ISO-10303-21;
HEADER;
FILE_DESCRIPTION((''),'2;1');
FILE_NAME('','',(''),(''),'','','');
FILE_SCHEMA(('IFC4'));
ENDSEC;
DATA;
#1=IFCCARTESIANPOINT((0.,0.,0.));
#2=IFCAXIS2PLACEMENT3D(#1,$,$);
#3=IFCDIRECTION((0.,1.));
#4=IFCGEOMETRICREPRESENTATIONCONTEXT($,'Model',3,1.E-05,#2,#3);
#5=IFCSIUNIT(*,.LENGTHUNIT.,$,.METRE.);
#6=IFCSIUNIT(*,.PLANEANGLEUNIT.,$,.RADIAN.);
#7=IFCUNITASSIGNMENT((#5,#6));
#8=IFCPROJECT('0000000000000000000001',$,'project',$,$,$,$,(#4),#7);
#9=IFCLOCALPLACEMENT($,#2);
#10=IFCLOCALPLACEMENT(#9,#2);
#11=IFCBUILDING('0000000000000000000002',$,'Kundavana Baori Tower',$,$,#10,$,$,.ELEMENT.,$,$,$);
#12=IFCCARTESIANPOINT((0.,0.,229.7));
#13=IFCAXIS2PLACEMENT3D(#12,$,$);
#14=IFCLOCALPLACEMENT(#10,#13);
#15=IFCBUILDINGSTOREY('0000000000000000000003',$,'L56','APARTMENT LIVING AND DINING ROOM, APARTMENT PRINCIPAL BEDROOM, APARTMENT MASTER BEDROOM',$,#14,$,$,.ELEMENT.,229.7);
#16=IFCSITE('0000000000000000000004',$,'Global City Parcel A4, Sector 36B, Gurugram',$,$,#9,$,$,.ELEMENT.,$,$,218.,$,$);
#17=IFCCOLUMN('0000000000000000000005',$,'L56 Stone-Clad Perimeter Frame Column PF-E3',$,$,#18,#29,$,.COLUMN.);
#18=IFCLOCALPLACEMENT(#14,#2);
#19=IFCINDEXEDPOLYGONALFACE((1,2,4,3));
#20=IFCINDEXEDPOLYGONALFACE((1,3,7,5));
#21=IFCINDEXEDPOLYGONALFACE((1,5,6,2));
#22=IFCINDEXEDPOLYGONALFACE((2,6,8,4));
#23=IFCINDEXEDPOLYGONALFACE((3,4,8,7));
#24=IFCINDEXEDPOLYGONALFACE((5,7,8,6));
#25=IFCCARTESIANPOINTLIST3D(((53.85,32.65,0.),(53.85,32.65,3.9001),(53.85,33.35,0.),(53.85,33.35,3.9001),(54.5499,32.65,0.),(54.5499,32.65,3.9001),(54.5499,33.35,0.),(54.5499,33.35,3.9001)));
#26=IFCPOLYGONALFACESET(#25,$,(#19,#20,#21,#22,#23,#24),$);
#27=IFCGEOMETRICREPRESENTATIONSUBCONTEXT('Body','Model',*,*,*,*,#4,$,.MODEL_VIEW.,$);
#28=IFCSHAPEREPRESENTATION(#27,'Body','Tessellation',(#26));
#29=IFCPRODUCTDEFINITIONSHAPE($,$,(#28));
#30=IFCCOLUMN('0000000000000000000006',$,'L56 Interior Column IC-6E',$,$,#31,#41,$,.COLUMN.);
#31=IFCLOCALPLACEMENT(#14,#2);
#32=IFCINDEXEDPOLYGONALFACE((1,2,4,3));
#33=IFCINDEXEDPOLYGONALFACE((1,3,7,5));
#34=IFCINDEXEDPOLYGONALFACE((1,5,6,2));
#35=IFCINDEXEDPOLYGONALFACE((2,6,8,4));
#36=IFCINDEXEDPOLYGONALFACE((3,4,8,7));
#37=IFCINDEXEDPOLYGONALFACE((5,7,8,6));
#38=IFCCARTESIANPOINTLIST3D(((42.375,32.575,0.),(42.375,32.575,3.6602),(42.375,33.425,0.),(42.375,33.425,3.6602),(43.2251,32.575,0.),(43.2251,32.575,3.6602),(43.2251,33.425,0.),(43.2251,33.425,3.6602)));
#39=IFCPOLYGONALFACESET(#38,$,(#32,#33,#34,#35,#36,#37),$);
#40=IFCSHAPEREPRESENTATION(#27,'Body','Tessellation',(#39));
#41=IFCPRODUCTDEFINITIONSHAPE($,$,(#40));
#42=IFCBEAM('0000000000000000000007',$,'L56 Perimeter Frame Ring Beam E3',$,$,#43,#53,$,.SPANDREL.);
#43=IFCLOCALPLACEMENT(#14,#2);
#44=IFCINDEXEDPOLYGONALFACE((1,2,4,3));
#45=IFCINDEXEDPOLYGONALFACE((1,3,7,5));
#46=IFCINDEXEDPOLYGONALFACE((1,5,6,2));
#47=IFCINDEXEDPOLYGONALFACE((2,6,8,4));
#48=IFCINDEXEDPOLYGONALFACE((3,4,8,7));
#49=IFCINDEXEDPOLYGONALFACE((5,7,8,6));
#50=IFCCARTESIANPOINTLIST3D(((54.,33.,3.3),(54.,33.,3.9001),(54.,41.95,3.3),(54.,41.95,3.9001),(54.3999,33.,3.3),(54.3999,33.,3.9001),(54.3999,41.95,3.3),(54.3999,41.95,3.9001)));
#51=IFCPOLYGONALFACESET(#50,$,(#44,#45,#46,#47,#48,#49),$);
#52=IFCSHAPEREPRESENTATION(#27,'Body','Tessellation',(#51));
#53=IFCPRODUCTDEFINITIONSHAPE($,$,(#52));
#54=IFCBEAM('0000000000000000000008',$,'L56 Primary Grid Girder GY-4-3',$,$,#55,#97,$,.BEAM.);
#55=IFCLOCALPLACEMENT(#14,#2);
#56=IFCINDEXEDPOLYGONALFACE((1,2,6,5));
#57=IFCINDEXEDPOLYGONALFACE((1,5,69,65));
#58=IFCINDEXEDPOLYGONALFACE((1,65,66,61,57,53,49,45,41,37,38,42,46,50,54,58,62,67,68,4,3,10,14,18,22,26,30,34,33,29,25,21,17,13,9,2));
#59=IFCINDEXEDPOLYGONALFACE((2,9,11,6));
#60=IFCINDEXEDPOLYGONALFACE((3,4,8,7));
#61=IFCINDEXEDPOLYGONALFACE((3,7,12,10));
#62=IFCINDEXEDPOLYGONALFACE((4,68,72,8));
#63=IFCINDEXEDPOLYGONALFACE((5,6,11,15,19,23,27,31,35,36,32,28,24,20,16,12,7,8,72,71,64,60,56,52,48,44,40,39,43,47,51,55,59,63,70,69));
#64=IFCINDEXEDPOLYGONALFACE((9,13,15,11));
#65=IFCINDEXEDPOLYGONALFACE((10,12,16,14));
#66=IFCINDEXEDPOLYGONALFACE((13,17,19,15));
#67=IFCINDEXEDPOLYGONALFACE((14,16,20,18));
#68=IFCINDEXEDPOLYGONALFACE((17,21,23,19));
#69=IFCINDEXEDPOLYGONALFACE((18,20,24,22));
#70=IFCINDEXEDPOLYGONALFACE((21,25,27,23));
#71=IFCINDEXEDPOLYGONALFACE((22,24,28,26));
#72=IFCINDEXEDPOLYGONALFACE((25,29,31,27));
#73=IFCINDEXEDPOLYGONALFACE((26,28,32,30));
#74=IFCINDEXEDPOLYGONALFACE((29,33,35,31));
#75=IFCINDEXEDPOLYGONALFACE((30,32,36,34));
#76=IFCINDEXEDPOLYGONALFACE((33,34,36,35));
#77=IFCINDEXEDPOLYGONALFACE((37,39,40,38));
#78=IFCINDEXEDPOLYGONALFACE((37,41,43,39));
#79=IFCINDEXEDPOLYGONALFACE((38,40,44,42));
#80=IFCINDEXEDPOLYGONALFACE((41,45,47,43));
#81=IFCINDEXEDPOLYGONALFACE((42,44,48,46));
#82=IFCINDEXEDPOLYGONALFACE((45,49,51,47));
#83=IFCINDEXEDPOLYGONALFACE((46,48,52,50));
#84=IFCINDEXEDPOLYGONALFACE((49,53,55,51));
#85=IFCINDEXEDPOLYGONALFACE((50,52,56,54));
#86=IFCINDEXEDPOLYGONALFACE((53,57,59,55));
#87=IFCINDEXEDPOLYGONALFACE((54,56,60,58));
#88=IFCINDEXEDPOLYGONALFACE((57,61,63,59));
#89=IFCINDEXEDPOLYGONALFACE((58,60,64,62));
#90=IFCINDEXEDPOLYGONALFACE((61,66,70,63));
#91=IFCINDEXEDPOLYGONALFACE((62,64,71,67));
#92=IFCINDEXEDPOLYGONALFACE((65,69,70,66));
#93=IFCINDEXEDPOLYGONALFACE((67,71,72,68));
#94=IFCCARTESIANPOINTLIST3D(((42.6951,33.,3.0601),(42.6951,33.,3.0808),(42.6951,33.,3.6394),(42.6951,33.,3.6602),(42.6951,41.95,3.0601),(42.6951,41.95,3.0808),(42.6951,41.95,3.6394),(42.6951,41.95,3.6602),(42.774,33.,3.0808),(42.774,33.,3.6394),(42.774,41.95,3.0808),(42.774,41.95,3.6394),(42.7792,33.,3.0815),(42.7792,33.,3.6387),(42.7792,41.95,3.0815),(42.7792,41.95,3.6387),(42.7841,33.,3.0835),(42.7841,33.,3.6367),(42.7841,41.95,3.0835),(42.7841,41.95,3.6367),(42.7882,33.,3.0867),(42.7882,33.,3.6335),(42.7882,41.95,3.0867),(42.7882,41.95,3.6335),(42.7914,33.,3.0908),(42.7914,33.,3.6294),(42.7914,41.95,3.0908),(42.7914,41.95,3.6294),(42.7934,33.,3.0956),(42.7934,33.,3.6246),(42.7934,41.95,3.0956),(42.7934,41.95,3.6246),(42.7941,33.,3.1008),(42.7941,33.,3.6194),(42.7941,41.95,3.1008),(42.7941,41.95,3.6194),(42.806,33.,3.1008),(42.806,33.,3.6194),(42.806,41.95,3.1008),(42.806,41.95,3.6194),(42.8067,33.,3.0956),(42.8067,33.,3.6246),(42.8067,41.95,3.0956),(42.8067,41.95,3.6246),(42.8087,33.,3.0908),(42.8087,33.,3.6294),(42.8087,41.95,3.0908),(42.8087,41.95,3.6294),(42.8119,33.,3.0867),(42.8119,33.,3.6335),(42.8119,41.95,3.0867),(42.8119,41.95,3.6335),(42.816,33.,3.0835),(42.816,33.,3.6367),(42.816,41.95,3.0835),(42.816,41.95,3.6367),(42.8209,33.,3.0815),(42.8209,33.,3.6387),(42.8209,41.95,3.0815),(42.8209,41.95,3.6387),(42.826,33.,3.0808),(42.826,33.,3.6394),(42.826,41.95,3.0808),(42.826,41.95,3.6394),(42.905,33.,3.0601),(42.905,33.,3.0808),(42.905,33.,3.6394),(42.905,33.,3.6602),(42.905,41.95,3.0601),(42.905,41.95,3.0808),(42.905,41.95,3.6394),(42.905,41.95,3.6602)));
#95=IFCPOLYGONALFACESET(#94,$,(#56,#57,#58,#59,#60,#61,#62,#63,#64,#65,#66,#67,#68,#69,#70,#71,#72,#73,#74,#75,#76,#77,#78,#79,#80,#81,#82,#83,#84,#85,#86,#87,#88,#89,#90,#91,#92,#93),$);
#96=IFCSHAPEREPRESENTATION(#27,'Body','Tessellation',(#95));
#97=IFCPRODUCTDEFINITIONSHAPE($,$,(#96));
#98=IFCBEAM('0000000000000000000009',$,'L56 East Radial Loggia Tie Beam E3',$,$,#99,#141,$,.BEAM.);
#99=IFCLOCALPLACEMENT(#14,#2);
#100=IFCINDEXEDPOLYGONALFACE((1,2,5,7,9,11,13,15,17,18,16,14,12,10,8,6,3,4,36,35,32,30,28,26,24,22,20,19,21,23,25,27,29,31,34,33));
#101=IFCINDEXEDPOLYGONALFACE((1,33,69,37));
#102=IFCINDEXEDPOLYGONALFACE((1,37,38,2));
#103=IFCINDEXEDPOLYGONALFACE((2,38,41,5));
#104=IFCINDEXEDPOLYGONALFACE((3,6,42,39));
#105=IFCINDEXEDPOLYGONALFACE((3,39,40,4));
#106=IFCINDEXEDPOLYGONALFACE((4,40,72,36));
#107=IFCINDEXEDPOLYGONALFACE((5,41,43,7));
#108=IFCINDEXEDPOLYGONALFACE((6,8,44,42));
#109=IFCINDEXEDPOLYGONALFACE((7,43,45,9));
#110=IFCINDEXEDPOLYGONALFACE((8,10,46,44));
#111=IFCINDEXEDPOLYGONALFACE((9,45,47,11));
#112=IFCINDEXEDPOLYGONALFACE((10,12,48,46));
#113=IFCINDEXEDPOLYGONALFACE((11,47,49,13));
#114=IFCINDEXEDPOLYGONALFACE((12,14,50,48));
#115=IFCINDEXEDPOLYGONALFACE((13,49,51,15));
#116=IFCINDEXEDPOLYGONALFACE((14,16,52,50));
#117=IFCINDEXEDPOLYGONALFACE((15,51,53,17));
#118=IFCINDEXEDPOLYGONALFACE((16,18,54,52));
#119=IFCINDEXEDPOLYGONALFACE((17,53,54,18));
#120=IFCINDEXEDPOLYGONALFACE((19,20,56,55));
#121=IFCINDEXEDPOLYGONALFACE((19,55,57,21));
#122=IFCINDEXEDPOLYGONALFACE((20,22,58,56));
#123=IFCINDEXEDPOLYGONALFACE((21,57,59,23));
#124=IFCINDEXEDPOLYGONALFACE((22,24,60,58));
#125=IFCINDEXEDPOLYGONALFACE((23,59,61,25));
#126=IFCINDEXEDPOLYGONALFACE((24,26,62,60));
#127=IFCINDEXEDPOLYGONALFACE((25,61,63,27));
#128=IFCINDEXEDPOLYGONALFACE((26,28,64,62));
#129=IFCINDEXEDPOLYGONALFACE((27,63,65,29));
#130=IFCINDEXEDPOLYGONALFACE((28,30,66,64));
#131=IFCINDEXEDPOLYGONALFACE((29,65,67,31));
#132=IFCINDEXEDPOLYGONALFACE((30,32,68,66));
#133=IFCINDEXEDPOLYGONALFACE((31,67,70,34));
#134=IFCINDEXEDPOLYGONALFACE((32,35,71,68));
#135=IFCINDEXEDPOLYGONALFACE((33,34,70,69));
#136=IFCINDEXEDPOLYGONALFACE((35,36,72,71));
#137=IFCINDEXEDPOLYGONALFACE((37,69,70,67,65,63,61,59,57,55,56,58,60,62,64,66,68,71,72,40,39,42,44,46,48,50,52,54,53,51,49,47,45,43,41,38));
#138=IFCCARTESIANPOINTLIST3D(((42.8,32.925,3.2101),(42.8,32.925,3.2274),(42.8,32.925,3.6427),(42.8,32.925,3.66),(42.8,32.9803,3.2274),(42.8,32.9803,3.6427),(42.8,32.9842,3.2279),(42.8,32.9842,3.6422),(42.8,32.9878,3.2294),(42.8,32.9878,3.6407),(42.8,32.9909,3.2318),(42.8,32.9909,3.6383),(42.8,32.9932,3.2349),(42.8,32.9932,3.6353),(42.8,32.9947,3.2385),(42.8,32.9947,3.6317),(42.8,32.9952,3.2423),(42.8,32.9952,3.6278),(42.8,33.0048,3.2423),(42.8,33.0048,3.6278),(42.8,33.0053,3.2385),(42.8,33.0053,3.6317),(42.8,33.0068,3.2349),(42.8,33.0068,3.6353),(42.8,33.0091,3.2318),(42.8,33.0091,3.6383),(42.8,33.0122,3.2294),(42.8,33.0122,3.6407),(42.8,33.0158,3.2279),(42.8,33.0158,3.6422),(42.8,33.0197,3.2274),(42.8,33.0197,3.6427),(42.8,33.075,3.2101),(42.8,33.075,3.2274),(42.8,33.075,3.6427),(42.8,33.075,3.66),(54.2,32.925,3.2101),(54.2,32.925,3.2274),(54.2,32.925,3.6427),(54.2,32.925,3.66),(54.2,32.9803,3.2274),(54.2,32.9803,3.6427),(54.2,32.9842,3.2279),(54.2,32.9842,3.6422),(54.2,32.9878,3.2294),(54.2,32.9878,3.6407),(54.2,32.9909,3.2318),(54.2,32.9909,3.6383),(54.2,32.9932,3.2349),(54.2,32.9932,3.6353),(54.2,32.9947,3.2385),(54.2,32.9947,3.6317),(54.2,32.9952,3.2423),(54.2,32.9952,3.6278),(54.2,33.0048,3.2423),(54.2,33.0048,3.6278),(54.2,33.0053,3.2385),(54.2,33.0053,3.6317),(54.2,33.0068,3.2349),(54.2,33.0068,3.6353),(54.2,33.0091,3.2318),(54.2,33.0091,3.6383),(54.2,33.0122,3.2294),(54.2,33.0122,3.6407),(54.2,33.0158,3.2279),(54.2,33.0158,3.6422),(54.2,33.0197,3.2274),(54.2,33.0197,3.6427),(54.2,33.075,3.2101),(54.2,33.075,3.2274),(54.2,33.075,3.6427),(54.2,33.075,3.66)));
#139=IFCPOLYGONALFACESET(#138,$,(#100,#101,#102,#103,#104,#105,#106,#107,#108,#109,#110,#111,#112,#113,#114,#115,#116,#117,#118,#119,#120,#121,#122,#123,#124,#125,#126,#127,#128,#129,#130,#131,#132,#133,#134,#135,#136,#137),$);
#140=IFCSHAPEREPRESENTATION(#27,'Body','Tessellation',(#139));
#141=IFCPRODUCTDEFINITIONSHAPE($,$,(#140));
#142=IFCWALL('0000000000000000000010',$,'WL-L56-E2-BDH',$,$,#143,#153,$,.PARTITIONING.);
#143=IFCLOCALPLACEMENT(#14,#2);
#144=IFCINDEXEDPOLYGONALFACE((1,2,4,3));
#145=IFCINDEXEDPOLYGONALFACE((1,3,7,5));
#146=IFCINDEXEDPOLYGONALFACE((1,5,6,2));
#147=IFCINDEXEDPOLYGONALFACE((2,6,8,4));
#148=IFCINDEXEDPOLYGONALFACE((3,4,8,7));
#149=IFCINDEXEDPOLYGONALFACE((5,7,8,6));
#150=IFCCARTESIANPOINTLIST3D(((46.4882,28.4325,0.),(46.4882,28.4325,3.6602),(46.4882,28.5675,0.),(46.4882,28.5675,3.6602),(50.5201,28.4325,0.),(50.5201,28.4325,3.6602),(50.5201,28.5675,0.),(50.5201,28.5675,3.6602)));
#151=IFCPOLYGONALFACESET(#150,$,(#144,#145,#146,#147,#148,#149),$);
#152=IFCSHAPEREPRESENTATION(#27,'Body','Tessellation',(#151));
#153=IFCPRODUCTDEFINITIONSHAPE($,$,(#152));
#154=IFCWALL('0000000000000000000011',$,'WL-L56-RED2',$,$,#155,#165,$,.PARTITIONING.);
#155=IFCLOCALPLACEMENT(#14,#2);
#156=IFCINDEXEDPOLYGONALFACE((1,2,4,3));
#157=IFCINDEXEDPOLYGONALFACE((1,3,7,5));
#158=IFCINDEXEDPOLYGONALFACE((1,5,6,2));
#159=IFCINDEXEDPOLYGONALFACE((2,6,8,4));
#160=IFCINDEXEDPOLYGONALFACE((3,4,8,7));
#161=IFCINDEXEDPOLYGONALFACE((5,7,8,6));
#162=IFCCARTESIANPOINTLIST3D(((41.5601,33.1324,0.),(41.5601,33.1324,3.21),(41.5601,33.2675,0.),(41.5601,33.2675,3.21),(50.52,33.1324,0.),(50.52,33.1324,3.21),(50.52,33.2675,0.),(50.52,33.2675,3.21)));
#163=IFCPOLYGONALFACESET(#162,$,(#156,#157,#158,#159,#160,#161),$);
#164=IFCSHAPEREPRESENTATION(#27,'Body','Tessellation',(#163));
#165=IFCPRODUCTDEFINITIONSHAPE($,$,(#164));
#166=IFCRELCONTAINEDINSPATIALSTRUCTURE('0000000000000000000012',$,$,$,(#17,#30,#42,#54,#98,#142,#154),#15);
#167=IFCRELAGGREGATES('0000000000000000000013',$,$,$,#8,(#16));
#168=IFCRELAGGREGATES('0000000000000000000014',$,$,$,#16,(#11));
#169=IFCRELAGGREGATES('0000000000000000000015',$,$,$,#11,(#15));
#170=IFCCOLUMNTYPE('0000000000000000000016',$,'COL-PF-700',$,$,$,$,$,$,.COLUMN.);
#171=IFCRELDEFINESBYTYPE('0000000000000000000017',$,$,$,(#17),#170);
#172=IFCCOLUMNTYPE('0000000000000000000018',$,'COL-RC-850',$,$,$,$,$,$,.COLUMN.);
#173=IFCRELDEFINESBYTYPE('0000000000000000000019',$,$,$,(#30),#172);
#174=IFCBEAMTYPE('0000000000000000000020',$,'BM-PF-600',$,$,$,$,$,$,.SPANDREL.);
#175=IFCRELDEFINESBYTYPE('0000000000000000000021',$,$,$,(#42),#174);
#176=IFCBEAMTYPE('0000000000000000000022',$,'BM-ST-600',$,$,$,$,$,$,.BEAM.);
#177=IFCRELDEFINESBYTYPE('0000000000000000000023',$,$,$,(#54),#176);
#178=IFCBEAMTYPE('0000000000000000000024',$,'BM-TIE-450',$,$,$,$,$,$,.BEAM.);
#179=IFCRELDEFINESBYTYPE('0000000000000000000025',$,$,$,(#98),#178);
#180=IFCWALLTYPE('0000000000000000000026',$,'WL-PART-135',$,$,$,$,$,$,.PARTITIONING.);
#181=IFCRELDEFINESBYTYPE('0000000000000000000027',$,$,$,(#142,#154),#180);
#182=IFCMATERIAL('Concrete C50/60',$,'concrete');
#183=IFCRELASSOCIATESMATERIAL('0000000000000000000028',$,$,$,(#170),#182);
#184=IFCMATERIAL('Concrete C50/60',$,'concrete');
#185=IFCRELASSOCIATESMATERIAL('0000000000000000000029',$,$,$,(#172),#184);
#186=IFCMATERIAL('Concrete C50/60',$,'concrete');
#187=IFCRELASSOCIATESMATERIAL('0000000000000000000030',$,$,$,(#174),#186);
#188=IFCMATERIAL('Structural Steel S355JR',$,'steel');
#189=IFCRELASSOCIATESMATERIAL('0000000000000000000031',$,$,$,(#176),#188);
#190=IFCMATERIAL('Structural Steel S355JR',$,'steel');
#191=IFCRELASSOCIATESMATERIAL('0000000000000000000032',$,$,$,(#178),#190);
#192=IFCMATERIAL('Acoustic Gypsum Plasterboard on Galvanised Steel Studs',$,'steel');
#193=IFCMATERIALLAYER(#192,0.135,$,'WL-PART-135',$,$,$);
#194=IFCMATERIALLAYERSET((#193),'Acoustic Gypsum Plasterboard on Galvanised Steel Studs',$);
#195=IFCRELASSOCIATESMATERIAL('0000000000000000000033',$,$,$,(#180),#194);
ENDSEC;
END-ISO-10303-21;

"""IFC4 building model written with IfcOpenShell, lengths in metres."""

from ifc_helpers import new_model, si_unit, direction, frame, frame_2d, origin, origin_2d, place, context, subcontext, project, spatial, rectangle, i_section, extrude, material, layer, layer_set, material_profile, profile_set, type_object, element, save


model = new_model("IFC4")

# Units and contexts
model_context = context("Model", 3, precision=1e-05, world=origin(), true_north=direction((0.0, 1.0)))
body_context = subcontext(model_context, "Body", "Model", "MODEL_VIEW")
ifc_project = project(units=[si_unit("LENGTHUNIT", "METRE"), si_unit("PLANEANGLEUNIT", "RADIAN")], contexts=[model_context])

# Site, building, storey
site_placement = place(None, origin())
site = spatial("IfcSite", under=ifc_project, at=site_placement, Name="Global City Parcel A4, Sector 36B, Gurugram", CompositionType="ELEMENT", RefElevation=218.0)
building_placement = place(site_placement, origin())
building = spatial("IfcBuilding", under=site, at=building_placement, Name="Kundavana Baori Tower", CompositionType="ELEMENT")
storey_placement = place(building_placement, frame((0.0, 0.0, 229.7)))
storey = spatial("IfcBuildingStorey", under=building, at=storey_placement, Name="L56", Description="APARTMENT LIVING AND DINING ROOM, APARTMENT PRINCIPAL BEDROOM, APARTMENT MASTER BEDROOM", CompositionType="ELEMENT", Elevation=229.7)

# Columns
ifc_material_1 = material(Name="Concrete C50/60", Category="concrete")
ifc_material_profile_1 = material_profile(ifc_material_1, rectangle(XDim=0.7, YDim=0.7, at=origin_2d()), Name="RC PF 700x700")
ifc_profile_set_1 = profile_set([ifc_material_profile_1], Name="Concrete C50/60")
column_type_1 = type_object("IfcColumnType", Name="COL-PF-700", PredefinedType="COLUMN", material=ifc_profile_set_1)
column_1_placement = place(storey_placement, frame((54.2, 33.0, 0.0), z_axis=(0.0, 0.0, 1.0), x_axis=(1.0, 0.0, 0.0)))
element("IfcColumn", 1, at=column_1_placement, inside=storey, type_object=column_type_1, Name="L56 Stone-Clad Perimeter Frame Column PF-E3", PredefinedType="COLUMN", context=body_context, shape_type="SweptSolid", body=[
    extrude(rectangle(XDim=0.7, YDim=0.7, at=origin_2d()), origin(), (0.0, 0.0, 1.0), 3.9001),
])
ifc_material_2 = material(Name="Concrete C50/60", Category="concrete")
ifc_material_profile_2 = material_profile(ifc_material_2, rectangle(XDim=0.8501, YDim=0.8501, at=origin_2d()), Name="RC 850x850")
ifc_profile_set_2 = profile_set([ifc_material_profile_2], Name="Concrete C50/60")
column_type_2 = type_object("IfcColumnType", Name="COL-RC-850", PredefinedType="COLUMN", material=ifc_profile_set_2)
column_2_placement = place(storey_placement, frame((42.8, 33.0, 0.0), z_axis=(0.0, 0.0, 1.0), x_axis=(1.0, 0.0, 0.0)))
element("IfcColumn", 2, at=column_2_placement, inside=storey, type_object=column_type_2, Name="L56 Interior Column IC-6E", PredefinedType="COLUMN", context=body_context, shape_type="SweptSolid", body=[
    extrude(rectangle(XDim=0.8501, YDim=0.8501, at=origin_2d()), origin(), (0.0, 0.0, 1.0), 3.6602),
])

# Beams
ifc_material_3 = material(Name="Concrete C50/60", Category="concrete")
ifc_material_profile_3 = material_profile(ifc_material_3, rectangle(XDim=0.3999, YDim=0.6001, at=origin_2d()), Name="RC BM 400x600")
ifc_profile_set_3 = profile_set([ifc_material_profile_3], Name="Concrete C50/60")
beam_type_1 = type_object("IfcBeamType", Name="BM-PF-600", PredefinedType="SPANDREL", material=ifc_profile_set_3)
beam_1_placement = place(storey_placement, frame((54.2, 33.0, 3.6001), z_axis=(0.0, 1.0, 0.0), x_axis=(-1.0, 0.0, 0.0)))
element("IfcBeam", 3, at=beam_1_placement, inside=storey, type_object=beam_type_1, Name="L56 Perimeter Frame Ring Beam E3", PredefinedType="SPANDREL", context=body_context, shape_type="SweptSolid", body=[
    extrude(rectangle(XDim=0.3999, YDim=0.6001, at=origin_2d()), origin(), (0.0, 0.0, 1.0), 8.95),
])
ifc_material_4 = material(Name="Structural Steel S355JR", Category="steel")
ifc_material_profile_4 = material_profile(ifc_material_4, i_section(OverallWidth=0.21, OverallDepth=0.6001, WebThickness=0.012, FlangeThickness=0.0208, FilletRadius=0.02, at=origin_2d()), Name="ISMB 600")
ifc_profile_set_4 = profile_set([ifc_material_profile_4], Name="Structural Steel S355JR")
beam_type_2 = type_object("IfcBeamType", Name="BM-ST-600", PredefinedType="BEAM", material=ifc_profile_set_4)
beam_2_placement = place(storey_placement, frame((42.8, 33.0, 3.3601), z_axis=(0.0, 1.0, 0.0), x_axis=(-1.0, 0.0, 0.0)))
element("IfcBeam", 4, at=beam_2_placement, inside=storey, type_object=beam_type_2, Name="L56 Primary Grid Girder GY-4-3", PredefinedType="BEAM", context=body_context, shape_type="SweptSolid", body=[
    extrude(i_section(OverallWidth=0.21, OverallDepth=0.6001, WebThickness=0.012, FlangeThickness=0.0208, FilletRadius=0.02, at=origin_2d()), origin(), (0.0, 0.0, 1.0), 8.95),
])
ifc_material_5 = material(Name="Structural Steel S355JR", Category="steel")
ifc_material_profile_5 = material_profile(ifc_material_5, i_section(OverallWidth=0.1499, OverallDepth=0.45, WebThickness=0.0095, FlangeThickness=0.0173, FilletRadius=0.0149, at=origin_2d()), Name="ISMB 450")
ifc_profile_set_5 = profile_set([ifc_material_profile_5], Name="Structural Steel S355JR")
beam_type_3 = type_object("IfcBeamType", Name="BM-TIE-450", PredefinedType="BEAM", material=ifc_profile_set_5)
beam_3_placement = place(storey_placement, frame((42.8, 33.0, 3.4351), z_axis=(1.0, 0.0, 0.0), x_axis=(0.0, 1.0, 0.0)))
element("IfcBeam", 5, at=beam_3_placement, inside=storey, type_object=beam_type_3, Name="L56 East Radial Loggia Tie Beam E3", PredefinedType="BEAM", context=body_context, shape_type="SweptSolid", body=[
    extrude(i_section(OverallWidth=0.1499, OverallDepth=0.45, WebThickness=0.0095, FlangeThickness=0.0173, FilletRadius=0.0149, at=origin_2d()), origin(), (0.0, 0.0, 1.0), 11.3999),
])

# Walls
ifc_material_6 = material(Name="Acoustic Gypsum Plasterboard on Galvanised Steel Studs", Category="steel")
ifc_layer_1 = layer(ifc_material_6, 0.135, Name="WL-PART-135")
ifc_layer_set_1 = layer_set([ifc_layer_1], Name="Acoustic Gypsum Plasterboard on Galvanised Steel Studs")
wall_type_1 = type_object("IfcWallType", Name="WL-PART-135", PredefinedType="PARTITIONING", material=ifc_layer_set_1)
wall_1_placement = place(storey_placement, frame((46.488, 28.5, 0.0), z_axis=(0.0, 0.0, 1.0), x_axis=(1.0, 0.0, 0.0)))
element("IfcWall", 6, at=wall_1_placement, inside=storey, type_object=wall_type_1, Name="WL-L56-E2-BDH", PredefinedType="PARTITIONING", context=body_context, shape_type="SweptSolid", body=[
    extrude(rectangle(XDim=4.032, YDim=0.135, at=frame_2d((2.0161, 0.0))), origin(), (0.0, 0.0, 1.0), 3.6602),
])
wall_2_placement = place(storey_placement, frame((41.5601, 33.2, 0.0), z_axis=(0.0, 0.0, 1.0), x_axis=(1.0, 0.0, 0.0)))
element("IfcWall", 7, at=wall_2_placement, inside=storey, type_object=wall_type_1, Name="WL-L56-RED2", PredefinedType="PARTITIONING", context=body_context, shape_type="SweptSolid", body=[
    extrude(rectangle(XDim=8.96, YDim=0.135, at=frame_2d((4.48, 0.0))), origin(), (0.0, 0.0, 1.0), 3.21),
])

save(model, "model.ifc")
